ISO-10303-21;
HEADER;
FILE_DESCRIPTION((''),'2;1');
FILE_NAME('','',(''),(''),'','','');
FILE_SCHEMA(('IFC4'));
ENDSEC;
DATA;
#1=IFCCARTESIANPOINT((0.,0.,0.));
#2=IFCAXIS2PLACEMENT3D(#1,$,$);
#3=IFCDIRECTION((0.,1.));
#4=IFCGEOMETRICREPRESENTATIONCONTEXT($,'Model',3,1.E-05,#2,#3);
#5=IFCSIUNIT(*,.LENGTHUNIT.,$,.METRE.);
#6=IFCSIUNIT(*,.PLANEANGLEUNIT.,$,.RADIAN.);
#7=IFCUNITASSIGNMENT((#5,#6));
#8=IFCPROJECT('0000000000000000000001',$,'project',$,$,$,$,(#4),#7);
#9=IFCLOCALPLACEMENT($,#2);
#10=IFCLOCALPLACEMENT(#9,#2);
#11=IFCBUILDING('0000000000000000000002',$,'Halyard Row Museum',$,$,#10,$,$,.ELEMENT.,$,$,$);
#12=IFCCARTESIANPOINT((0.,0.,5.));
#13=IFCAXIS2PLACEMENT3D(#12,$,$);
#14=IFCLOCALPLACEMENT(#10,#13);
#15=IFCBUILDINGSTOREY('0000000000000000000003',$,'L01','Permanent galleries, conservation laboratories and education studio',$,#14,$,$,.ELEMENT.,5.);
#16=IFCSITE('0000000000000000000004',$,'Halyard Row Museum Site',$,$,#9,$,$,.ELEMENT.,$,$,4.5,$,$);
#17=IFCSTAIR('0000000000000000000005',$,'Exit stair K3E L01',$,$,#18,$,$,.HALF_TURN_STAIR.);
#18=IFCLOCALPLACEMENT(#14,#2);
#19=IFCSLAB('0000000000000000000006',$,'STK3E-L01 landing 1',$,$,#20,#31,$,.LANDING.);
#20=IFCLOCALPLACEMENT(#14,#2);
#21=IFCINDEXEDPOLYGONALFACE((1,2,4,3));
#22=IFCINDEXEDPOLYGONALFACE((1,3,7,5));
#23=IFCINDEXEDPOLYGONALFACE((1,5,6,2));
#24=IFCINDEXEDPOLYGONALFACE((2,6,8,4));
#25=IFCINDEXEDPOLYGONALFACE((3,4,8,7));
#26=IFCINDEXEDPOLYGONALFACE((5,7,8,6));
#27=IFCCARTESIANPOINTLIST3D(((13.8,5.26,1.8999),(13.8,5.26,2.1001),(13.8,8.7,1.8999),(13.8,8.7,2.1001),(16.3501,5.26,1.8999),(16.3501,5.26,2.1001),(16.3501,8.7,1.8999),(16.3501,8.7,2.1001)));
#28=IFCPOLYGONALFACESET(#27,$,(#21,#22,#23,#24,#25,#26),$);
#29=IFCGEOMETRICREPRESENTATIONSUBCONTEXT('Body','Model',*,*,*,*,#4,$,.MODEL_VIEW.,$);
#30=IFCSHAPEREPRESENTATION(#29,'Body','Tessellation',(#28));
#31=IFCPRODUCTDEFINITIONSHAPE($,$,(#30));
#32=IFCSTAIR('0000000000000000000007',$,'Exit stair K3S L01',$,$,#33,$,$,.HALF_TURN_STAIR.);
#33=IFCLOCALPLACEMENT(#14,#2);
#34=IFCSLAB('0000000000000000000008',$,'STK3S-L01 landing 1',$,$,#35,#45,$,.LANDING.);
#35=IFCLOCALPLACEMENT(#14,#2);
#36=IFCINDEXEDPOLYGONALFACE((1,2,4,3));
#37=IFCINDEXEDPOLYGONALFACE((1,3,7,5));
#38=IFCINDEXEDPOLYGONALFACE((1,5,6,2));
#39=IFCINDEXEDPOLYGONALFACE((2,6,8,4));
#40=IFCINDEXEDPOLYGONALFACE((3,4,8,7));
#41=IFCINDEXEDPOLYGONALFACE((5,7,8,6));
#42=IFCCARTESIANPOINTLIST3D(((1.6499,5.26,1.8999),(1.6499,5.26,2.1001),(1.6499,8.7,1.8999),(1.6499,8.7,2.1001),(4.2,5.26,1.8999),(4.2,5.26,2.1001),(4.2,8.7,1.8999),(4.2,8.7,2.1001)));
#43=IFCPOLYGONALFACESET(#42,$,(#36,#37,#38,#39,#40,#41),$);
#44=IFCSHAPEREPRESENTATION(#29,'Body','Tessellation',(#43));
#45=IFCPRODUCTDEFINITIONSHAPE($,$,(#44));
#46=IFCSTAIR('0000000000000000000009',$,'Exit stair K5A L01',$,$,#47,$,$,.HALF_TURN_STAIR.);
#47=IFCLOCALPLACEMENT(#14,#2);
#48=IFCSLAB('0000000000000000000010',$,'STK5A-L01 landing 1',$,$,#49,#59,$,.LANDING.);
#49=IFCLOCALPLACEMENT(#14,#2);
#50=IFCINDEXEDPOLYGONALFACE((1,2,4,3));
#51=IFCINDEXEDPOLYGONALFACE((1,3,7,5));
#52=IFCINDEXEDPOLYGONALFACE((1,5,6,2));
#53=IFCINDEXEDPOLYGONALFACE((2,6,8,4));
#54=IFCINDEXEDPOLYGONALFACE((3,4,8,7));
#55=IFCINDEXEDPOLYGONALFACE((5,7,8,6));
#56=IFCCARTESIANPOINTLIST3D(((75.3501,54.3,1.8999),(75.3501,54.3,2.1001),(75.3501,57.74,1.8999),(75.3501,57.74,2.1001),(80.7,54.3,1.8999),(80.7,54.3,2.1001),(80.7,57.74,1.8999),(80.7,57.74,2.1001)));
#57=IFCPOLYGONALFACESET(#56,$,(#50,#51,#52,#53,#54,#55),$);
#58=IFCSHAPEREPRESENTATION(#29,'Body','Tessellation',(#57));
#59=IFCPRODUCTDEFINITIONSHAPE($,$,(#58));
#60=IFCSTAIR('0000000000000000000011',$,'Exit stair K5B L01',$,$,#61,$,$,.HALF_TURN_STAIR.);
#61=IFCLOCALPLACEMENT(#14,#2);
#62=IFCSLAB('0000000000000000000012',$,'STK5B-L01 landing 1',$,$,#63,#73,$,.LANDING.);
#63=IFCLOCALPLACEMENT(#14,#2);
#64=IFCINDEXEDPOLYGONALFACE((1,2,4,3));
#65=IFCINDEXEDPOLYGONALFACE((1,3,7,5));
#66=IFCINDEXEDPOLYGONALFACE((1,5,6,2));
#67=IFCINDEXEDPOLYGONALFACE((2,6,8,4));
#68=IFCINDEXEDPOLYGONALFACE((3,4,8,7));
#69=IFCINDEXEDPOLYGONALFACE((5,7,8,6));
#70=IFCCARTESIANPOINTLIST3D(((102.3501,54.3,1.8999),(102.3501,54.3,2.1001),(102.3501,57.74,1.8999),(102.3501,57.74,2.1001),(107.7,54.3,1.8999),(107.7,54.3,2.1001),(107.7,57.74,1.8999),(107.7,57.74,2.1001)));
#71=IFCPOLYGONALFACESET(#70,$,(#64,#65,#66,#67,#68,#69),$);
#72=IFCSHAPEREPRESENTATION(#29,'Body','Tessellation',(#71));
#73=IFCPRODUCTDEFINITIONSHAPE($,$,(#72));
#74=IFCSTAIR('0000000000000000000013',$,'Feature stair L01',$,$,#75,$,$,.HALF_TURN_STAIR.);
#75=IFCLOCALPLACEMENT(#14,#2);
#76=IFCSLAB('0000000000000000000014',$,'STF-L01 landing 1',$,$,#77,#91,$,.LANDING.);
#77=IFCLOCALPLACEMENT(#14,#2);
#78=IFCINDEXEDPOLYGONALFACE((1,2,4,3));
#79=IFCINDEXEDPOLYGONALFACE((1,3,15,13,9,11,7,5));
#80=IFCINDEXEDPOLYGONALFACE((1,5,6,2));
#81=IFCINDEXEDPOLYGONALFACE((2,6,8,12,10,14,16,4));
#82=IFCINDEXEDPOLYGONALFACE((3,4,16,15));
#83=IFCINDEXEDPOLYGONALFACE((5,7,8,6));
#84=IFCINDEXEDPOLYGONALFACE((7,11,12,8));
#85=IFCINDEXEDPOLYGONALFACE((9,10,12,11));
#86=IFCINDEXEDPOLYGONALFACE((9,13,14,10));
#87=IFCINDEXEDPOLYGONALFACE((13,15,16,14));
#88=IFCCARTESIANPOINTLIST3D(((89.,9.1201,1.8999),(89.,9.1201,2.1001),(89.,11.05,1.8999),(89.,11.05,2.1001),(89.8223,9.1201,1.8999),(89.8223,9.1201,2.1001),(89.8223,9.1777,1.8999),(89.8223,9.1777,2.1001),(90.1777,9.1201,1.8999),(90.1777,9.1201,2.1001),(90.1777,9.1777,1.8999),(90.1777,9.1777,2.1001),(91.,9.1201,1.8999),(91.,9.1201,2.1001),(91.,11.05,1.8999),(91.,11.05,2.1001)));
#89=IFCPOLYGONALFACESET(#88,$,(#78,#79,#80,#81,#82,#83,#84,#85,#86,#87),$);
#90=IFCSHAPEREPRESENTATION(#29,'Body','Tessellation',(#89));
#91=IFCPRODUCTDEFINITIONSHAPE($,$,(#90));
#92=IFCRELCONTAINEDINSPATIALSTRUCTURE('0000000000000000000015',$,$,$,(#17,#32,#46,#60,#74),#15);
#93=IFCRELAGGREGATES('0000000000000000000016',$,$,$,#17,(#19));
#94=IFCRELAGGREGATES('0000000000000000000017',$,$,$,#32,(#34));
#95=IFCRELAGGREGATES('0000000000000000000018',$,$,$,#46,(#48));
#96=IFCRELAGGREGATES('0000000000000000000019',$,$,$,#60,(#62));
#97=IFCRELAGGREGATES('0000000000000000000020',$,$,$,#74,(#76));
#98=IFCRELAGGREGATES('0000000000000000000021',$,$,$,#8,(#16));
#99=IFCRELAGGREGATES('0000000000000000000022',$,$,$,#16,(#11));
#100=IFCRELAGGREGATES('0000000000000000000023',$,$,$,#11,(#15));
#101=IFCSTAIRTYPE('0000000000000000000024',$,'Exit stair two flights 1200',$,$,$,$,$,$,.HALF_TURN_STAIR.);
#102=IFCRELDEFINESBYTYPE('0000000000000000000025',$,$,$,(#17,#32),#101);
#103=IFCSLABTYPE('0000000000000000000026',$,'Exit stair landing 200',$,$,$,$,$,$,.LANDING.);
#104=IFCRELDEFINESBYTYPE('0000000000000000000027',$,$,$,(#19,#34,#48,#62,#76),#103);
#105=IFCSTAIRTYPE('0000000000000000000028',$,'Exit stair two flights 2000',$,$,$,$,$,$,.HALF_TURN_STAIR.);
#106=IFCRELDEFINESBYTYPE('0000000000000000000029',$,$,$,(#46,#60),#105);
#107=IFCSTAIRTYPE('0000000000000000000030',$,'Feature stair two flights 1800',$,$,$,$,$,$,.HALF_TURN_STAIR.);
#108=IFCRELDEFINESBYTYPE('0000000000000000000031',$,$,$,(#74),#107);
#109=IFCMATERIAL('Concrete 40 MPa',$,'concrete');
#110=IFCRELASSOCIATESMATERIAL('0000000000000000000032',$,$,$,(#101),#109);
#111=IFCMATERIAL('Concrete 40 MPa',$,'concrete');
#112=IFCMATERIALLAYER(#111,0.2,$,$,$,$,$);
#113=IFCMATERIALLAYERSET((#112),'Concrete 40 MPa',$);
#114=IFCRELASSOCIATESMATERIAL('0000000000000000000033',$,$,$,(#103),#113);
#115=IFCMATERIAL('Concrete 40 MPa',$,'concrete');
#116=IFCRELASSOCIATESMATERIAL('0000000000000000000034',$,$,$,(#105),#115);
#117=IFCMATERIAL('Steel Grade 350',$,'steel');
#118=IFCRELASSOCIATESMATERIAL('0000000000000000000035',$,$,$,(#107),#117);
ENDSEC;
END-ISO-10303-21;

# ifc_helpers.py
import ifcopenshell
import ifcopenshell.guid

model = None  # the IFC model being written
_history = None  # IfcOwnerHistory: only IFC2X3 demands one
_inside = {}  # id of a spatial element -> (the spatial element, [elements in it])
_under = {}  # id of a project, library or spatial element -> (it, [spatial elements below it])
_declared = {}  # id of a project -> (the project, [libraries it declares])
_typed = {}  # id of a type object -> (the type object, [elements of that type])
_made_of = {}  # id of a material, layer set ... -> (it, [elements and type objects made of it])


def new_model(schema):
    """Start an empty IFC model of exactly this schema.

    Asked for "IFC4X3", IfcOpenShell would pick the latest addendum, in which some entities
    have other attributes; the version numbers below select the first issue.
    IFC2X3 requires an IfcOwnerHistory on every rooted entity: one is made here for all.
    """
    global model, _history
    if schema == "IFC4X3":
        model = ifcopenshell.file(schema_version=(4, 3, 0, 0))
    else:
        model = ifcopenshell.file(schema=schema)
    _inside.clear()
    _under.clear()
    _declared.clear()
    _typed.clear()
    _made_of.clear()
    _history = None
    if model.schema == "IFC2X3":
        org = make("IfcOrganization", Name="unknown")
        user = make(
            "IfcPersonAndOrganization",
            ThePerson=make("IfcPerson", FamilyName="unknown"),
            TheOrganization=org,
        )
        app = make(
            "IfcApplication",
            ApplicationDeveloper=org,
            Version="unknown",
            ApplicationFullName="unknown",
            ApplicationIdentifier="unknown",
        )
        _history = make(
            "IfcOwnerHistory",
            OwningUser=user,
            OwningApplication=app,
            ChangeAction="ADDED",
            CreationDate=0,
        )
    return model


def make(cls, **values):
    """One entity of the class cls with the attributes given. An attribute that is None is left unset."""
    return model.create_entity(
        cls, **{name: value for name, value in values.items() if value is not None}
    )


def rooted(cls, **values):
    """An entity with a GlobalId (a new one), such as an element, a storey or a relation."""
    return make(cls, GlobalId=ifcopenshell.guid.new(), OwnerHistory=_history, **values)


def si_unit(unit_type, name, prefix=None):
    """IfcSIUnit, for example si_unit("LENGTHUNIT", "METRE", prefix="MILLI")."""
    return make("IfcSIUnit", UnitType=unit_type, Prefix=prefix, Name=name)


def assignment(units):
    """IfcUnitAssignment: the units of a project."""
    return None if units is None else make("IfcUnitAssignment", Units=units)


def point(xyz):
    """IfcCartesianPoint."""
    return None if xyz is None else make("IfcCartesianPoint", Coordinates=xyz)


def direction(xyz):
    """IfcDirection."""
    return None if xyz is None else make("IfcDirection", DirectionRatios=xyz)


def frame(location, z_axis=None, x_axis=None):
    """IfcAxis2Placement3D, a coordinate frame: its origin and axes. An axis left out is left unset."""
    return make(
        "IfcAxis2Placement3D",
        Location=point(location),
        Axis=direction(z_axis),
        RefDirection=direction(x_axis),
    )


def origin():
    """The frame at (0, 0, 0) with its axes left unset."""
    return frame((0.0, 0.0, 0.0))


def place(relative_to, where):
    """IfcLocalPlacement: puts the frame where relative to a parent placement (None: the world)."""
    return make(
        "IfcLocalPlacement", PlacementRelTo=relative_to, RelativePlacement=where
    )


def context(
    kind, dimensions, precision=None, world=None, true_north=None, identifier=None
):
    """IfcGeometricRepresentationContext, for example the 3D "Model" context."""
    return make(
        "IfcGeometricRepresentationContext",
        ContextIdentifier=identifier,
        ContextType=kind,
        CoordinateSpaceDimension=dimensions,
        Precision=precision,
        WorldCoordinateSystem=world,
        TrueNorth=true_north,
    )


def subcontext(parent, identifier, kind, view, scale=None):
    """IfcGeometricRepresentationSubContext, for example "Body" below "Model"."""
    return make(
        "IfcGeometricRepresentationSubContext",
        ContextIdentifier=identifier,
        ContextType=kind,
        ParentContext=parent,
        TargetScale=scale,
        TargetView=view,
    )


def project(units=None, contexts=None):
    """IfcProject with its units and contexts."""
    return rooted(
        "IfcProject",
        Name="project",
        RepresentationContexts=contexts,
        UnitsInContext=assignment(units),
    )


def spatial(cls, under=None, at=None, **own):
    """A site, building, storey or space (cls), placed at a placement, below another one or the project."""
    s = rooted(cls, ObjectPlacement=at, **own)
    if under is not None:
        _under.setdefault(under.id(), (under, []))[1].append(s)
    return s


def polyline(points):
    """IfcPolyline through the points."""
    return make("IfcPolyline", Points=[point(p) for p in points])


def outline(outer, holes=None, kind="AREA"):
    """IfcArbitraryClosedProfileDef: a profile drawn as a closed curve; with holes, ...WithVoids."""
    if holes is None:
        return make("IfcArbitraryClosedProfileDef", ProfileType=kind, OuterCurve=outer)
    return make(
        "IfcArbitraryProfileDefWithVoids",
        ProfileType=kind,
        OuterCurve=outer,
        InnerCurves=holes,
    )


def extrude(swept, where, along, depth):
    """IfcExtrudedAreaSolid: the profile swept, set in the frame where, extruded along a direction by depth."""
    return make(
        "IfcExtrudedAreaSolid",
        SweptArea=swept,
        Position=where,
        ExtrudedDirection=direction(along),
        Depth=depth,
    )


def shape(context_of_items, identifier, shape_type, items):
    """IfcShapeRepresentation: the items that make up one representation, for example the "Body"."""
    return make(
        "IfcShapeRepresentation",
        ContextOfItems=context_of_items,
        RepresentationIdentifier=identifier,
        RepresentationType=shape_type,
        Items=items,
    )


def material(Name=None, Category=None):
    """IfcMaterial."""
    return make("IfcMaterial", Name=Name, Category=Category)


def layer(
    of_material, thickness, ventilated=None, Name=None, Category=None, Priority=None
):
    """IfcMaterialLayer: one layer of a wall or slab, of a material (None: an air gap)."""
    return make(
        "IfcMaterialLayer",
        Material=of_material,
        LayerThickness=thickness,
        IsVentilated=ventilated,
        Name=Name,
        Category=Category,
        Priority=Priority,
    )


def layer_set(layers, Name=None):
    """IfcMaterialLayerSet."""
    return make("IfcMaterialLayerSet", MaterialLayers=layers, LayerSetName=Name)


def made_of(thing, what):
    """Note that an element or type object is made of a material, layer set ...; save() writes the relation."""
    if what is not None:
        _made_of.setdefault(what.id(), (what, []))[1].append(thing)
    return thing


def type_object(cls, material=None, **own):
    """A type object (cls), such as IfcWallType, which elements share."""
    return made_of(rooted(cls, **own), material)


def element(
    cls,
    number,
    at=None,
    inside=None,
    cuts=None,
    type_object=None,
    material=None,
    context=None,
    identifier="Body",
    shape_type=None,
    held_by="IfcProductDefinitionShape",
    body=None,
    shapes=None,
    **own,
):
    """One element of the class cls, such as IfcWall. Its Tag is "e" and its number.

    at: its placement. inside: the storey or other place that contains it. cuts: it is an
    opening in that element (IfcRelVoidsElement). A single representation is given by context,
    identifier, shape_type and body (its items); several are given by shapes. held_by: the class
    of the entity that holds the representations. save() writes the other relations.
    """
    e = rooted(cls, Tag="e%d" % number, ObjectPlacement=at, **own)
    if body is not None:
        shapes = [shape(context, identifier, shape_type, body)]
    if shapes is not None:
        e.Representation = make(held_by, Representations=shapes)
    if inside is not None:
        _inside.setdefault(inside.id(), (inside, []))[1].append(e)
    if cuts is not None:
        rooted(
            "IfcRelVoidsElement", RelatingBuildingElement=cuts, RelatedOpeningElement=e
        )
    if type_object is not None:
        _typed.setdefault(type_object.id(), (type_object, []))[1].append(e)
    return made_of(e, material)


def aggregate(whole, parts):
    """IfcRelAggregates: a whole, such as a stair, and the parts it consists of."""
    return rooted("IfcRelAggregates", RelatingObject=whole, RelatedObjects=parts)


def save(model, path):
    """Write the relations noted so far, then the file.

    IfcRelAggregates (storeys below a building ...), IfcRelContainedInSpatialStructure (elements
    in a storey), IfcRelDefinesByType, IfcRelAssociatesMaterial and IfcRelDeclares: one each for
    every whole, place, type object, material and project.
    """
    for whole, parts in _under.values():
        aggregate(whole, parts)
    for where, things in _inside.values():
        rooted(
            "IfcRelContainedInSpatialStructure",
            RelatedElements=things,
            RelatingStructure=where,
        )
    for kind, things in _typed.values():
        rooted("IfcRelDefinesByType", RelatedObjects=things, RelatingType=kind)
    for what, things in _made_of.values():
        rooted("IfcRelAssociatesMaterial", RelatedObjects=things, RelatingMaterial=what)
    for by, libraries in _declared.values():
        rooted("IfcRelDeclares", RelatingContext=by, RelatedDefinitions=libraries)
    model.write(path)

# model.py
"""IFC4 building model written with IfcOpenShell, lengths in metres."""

from ifc_helpers import new_model, si_unit, direction, frame, origin, place, context, subcontext, project, spatial, polyline, outline, extrude, material, layer, layer_set, type_object, element, aggregate, save


model = new_model("IFC4")

# Units and contexts
model_context = context("Model", 3, precision=1e-05, world=origin(), true_north=direction((0.0, 1.0)))
body_context = subcontext(model_context, "Body", "Model", "MODEL_VIEW")
ifc_project = project(units=[si_unit("LENGTHUNIT", "METRE"), si_unit("PLANEANGLEUNIT", "RADIAN")], contexts=[model_context])

# Site, building, storey
site_placement = place(None, origin())
site = spatial("IfcSite", under=ifc_project, at=site_placement, Name="Halyard Row Museum Site", CompositionType="ELEMENT", RefElevation=4.5)
building_placement = place(site_placement, origin())
building = spatial("IfcBuilding", under=site, at=building_placement, Name="Halyard Row Museum", CompositionType="ELEMENT")
storey_placement = place(building_placement, frame((0.0, 0.0, 5.0)))
storey = spatial("IfcBuildingStorey", under=building, at=storey_placement, Name="L01", Description="Permanent galleries, conservation laboratories and education studio", CompositionType="ELEMENT", Elevation=5.0)

# Stairs, slabs
ifc_material_1 = material(Name="Concrete 40 MPa", Category="concrete")
stair_type_1 = type_object("IfcStairType", Name="Exit stair two flights 1200", PredefinedType="HALF_TURN_STAIR", material=ifc_material_1)
ifc_material_2 = material(Name="Concrete 40 MPa", Category="concrete")
ifc_layer_1 = layer(ifc_material_2, 0.2)
ifc_layer_set_1 = layer_set([ifc_layer_1], Name="Concrete 40 MPa")
slab_type_1 = type_object("IfcSlabType", Name="Exit stair landing 200", PredefinedType="LANDING", material=ifc_layer_set_1)
stair_1_placement = place(storey_placement, origin())
stair_1 = element("IfcStair", 1, at=stair_1_placement, inside=storey, type_object=stair_type_1, Name="Exit stair K3E L01", PredefinedType="HALF_TURN_STAIR")
slab_1_placement = place(storey_placement, frame((0.0, 0.0, 1.8999)))
slab_1 = element("IfcSlab", 2, at=slab_1_placement, type_object=slab_type_1, Name="STK3E-L01 landing 1", PredefinedType="LANDING", context=body_context, shape_type="SweptSolid", body=[
    extrude(outline(polyline([(16.3501, 5.26), (13.8, 5.26), (13.8, 8.7), (16.3501, 8.7), (16.3501, 5.26)])), origin(), (0.0, 0.0, 1.0), 0.2002),
])
aggregate(stair_1, [slab_1])
stair_2_placement = place(storey_placement, origin())
stair_2 = element("IfcStair", 3, at=stair_2_placement, inside=storey, type_object=stair_type_1, Name="Exit stair K3S L01", PredefinedType="HALF_TURN_STAIR")
slab_2_placement = place(storey_placement, frame((0.0, 0.0, 1.8999)))
slab_2 = element("IfcSlab", 4, at=slab_2_placement, type_object=slab_type_1, Name="STK3S-L01 landing 1", PredefinedType="LANDING", context=body_context, shape_type="SweptSolid", body=[
    extrude(outline(polyline([(1.6499, 5.26), (4.2, 5.26), (4.2, 8.7), (1.6499, 8.7), (1.6499, 5.26)])), origin(), (0.0, 0.0, 1.0), 0.2002),
])
aggregate(stair_2, [slab_2])
ifc_material_3 = material(Name="Concrete 40 MPa", Category="concrete")
stair_type_2 = type_object("IfcStairType", Name="Exit stair two flights 2000", PredefinedType="HALF_TURN_STAIR", material=ifc_material_3)
stair_3_placement = place(storey_placement, origin())
stair_3 = element("IfcStair", 5, at=stair_3_placement, inside=storey, type_object=stair_type_2, Name="Exit stair K5A L01", PredefinedType="HALF_TURN_STAIR")
slab_3_placement = place(storey_placement, frame((0.0, 0.0, 1.8999)))
slab_3 = element("IfcSlab", 6, at=slab_3_placement, type_object=slab_type_1, Name="STK5A-L01 landing 1", PredefinedType="LANDING", context=body_context, shape_type="SweptSolid", body=[
    extrude(outline(polyline([(80.7, 57.74), (75.3501, 57.74), (75.3501, 54.3), (80.7, 54.3), (80.7, 57.74)])), origin(), (0.0, 0.0, 1.0), 0.2002),
])
aggregate(stair_3, [slab_3])
stair_4_placement = place(storey_placement, origin())
stair_4 = element("IfcStair", 7, at=stair_4_placement, inside=storey, type_object=stair_type_2, Name="Exit stair K5B L01", PredefinedType="HALF_TURN_STAIR")
slab_4_placement = place(storey_placement, frame((0.0, 0.0, 1.8999)))
slab_4 = element("IfcSlab", 8, at=slab_4_placement, type_object=slab_type_1, Name="STK5B-L01 landing 1", PredefinedType="LANDING", context=body_context, shape_type="SweptSolid", body=[
    extrude(outline(polyline([(107.7, 57.74), (102.3501, 57.74), (102.3501, 54.3), (107.7, 54.3), (107.7, 57.74)])), origin(), (0.0, 0.0, 1.0), 0.2002),
])
aggregate(stair_4, [slab_4])
ifc_material_4 = material(Name="Steel Grade 350", Category="steel")
stair_type_3 = type_object("IfcStairType", Name="Feature stair two flights 1800", PredefinedType="HALF_TURN_STAIR", material=ifc_material_4)
stair_5_placement = place(storey_placement, origin())
stair_5 = element("IfcStair", 9, at=stair_5_placement, inside=storey, type_object=stair_type_3, Name="Feature stair L01", PredefinedType="HALF_TURN_STAIR")
slab_5_placement = place(storey_placement, frame((0.0, 0.0, 1.8999)))
slab_5 = element("IfcSlab", 10, at=slab_5_placement, type_object=slab_type_1, Name="STF-L01 landing 1", PredefinedType="LANDING", context=body_context, shape_type="SweptSolid", body=[
    extrude(outline(polyline([(89.0, 9.1201), (89.8223, 9.1201), (89.8223, 9.1777), (90.1777, 9.1777), (90.1777, 9.1201), (91.0, 9.1201), (91.0, 11.05), (89.0, 11.05), (89.0, 9.1201)])), origin(), (0.0, 0.0, 1.0), 0.2002),
])
aggregate(stair_5, [slab_5])

save(model, "model.ifc")
